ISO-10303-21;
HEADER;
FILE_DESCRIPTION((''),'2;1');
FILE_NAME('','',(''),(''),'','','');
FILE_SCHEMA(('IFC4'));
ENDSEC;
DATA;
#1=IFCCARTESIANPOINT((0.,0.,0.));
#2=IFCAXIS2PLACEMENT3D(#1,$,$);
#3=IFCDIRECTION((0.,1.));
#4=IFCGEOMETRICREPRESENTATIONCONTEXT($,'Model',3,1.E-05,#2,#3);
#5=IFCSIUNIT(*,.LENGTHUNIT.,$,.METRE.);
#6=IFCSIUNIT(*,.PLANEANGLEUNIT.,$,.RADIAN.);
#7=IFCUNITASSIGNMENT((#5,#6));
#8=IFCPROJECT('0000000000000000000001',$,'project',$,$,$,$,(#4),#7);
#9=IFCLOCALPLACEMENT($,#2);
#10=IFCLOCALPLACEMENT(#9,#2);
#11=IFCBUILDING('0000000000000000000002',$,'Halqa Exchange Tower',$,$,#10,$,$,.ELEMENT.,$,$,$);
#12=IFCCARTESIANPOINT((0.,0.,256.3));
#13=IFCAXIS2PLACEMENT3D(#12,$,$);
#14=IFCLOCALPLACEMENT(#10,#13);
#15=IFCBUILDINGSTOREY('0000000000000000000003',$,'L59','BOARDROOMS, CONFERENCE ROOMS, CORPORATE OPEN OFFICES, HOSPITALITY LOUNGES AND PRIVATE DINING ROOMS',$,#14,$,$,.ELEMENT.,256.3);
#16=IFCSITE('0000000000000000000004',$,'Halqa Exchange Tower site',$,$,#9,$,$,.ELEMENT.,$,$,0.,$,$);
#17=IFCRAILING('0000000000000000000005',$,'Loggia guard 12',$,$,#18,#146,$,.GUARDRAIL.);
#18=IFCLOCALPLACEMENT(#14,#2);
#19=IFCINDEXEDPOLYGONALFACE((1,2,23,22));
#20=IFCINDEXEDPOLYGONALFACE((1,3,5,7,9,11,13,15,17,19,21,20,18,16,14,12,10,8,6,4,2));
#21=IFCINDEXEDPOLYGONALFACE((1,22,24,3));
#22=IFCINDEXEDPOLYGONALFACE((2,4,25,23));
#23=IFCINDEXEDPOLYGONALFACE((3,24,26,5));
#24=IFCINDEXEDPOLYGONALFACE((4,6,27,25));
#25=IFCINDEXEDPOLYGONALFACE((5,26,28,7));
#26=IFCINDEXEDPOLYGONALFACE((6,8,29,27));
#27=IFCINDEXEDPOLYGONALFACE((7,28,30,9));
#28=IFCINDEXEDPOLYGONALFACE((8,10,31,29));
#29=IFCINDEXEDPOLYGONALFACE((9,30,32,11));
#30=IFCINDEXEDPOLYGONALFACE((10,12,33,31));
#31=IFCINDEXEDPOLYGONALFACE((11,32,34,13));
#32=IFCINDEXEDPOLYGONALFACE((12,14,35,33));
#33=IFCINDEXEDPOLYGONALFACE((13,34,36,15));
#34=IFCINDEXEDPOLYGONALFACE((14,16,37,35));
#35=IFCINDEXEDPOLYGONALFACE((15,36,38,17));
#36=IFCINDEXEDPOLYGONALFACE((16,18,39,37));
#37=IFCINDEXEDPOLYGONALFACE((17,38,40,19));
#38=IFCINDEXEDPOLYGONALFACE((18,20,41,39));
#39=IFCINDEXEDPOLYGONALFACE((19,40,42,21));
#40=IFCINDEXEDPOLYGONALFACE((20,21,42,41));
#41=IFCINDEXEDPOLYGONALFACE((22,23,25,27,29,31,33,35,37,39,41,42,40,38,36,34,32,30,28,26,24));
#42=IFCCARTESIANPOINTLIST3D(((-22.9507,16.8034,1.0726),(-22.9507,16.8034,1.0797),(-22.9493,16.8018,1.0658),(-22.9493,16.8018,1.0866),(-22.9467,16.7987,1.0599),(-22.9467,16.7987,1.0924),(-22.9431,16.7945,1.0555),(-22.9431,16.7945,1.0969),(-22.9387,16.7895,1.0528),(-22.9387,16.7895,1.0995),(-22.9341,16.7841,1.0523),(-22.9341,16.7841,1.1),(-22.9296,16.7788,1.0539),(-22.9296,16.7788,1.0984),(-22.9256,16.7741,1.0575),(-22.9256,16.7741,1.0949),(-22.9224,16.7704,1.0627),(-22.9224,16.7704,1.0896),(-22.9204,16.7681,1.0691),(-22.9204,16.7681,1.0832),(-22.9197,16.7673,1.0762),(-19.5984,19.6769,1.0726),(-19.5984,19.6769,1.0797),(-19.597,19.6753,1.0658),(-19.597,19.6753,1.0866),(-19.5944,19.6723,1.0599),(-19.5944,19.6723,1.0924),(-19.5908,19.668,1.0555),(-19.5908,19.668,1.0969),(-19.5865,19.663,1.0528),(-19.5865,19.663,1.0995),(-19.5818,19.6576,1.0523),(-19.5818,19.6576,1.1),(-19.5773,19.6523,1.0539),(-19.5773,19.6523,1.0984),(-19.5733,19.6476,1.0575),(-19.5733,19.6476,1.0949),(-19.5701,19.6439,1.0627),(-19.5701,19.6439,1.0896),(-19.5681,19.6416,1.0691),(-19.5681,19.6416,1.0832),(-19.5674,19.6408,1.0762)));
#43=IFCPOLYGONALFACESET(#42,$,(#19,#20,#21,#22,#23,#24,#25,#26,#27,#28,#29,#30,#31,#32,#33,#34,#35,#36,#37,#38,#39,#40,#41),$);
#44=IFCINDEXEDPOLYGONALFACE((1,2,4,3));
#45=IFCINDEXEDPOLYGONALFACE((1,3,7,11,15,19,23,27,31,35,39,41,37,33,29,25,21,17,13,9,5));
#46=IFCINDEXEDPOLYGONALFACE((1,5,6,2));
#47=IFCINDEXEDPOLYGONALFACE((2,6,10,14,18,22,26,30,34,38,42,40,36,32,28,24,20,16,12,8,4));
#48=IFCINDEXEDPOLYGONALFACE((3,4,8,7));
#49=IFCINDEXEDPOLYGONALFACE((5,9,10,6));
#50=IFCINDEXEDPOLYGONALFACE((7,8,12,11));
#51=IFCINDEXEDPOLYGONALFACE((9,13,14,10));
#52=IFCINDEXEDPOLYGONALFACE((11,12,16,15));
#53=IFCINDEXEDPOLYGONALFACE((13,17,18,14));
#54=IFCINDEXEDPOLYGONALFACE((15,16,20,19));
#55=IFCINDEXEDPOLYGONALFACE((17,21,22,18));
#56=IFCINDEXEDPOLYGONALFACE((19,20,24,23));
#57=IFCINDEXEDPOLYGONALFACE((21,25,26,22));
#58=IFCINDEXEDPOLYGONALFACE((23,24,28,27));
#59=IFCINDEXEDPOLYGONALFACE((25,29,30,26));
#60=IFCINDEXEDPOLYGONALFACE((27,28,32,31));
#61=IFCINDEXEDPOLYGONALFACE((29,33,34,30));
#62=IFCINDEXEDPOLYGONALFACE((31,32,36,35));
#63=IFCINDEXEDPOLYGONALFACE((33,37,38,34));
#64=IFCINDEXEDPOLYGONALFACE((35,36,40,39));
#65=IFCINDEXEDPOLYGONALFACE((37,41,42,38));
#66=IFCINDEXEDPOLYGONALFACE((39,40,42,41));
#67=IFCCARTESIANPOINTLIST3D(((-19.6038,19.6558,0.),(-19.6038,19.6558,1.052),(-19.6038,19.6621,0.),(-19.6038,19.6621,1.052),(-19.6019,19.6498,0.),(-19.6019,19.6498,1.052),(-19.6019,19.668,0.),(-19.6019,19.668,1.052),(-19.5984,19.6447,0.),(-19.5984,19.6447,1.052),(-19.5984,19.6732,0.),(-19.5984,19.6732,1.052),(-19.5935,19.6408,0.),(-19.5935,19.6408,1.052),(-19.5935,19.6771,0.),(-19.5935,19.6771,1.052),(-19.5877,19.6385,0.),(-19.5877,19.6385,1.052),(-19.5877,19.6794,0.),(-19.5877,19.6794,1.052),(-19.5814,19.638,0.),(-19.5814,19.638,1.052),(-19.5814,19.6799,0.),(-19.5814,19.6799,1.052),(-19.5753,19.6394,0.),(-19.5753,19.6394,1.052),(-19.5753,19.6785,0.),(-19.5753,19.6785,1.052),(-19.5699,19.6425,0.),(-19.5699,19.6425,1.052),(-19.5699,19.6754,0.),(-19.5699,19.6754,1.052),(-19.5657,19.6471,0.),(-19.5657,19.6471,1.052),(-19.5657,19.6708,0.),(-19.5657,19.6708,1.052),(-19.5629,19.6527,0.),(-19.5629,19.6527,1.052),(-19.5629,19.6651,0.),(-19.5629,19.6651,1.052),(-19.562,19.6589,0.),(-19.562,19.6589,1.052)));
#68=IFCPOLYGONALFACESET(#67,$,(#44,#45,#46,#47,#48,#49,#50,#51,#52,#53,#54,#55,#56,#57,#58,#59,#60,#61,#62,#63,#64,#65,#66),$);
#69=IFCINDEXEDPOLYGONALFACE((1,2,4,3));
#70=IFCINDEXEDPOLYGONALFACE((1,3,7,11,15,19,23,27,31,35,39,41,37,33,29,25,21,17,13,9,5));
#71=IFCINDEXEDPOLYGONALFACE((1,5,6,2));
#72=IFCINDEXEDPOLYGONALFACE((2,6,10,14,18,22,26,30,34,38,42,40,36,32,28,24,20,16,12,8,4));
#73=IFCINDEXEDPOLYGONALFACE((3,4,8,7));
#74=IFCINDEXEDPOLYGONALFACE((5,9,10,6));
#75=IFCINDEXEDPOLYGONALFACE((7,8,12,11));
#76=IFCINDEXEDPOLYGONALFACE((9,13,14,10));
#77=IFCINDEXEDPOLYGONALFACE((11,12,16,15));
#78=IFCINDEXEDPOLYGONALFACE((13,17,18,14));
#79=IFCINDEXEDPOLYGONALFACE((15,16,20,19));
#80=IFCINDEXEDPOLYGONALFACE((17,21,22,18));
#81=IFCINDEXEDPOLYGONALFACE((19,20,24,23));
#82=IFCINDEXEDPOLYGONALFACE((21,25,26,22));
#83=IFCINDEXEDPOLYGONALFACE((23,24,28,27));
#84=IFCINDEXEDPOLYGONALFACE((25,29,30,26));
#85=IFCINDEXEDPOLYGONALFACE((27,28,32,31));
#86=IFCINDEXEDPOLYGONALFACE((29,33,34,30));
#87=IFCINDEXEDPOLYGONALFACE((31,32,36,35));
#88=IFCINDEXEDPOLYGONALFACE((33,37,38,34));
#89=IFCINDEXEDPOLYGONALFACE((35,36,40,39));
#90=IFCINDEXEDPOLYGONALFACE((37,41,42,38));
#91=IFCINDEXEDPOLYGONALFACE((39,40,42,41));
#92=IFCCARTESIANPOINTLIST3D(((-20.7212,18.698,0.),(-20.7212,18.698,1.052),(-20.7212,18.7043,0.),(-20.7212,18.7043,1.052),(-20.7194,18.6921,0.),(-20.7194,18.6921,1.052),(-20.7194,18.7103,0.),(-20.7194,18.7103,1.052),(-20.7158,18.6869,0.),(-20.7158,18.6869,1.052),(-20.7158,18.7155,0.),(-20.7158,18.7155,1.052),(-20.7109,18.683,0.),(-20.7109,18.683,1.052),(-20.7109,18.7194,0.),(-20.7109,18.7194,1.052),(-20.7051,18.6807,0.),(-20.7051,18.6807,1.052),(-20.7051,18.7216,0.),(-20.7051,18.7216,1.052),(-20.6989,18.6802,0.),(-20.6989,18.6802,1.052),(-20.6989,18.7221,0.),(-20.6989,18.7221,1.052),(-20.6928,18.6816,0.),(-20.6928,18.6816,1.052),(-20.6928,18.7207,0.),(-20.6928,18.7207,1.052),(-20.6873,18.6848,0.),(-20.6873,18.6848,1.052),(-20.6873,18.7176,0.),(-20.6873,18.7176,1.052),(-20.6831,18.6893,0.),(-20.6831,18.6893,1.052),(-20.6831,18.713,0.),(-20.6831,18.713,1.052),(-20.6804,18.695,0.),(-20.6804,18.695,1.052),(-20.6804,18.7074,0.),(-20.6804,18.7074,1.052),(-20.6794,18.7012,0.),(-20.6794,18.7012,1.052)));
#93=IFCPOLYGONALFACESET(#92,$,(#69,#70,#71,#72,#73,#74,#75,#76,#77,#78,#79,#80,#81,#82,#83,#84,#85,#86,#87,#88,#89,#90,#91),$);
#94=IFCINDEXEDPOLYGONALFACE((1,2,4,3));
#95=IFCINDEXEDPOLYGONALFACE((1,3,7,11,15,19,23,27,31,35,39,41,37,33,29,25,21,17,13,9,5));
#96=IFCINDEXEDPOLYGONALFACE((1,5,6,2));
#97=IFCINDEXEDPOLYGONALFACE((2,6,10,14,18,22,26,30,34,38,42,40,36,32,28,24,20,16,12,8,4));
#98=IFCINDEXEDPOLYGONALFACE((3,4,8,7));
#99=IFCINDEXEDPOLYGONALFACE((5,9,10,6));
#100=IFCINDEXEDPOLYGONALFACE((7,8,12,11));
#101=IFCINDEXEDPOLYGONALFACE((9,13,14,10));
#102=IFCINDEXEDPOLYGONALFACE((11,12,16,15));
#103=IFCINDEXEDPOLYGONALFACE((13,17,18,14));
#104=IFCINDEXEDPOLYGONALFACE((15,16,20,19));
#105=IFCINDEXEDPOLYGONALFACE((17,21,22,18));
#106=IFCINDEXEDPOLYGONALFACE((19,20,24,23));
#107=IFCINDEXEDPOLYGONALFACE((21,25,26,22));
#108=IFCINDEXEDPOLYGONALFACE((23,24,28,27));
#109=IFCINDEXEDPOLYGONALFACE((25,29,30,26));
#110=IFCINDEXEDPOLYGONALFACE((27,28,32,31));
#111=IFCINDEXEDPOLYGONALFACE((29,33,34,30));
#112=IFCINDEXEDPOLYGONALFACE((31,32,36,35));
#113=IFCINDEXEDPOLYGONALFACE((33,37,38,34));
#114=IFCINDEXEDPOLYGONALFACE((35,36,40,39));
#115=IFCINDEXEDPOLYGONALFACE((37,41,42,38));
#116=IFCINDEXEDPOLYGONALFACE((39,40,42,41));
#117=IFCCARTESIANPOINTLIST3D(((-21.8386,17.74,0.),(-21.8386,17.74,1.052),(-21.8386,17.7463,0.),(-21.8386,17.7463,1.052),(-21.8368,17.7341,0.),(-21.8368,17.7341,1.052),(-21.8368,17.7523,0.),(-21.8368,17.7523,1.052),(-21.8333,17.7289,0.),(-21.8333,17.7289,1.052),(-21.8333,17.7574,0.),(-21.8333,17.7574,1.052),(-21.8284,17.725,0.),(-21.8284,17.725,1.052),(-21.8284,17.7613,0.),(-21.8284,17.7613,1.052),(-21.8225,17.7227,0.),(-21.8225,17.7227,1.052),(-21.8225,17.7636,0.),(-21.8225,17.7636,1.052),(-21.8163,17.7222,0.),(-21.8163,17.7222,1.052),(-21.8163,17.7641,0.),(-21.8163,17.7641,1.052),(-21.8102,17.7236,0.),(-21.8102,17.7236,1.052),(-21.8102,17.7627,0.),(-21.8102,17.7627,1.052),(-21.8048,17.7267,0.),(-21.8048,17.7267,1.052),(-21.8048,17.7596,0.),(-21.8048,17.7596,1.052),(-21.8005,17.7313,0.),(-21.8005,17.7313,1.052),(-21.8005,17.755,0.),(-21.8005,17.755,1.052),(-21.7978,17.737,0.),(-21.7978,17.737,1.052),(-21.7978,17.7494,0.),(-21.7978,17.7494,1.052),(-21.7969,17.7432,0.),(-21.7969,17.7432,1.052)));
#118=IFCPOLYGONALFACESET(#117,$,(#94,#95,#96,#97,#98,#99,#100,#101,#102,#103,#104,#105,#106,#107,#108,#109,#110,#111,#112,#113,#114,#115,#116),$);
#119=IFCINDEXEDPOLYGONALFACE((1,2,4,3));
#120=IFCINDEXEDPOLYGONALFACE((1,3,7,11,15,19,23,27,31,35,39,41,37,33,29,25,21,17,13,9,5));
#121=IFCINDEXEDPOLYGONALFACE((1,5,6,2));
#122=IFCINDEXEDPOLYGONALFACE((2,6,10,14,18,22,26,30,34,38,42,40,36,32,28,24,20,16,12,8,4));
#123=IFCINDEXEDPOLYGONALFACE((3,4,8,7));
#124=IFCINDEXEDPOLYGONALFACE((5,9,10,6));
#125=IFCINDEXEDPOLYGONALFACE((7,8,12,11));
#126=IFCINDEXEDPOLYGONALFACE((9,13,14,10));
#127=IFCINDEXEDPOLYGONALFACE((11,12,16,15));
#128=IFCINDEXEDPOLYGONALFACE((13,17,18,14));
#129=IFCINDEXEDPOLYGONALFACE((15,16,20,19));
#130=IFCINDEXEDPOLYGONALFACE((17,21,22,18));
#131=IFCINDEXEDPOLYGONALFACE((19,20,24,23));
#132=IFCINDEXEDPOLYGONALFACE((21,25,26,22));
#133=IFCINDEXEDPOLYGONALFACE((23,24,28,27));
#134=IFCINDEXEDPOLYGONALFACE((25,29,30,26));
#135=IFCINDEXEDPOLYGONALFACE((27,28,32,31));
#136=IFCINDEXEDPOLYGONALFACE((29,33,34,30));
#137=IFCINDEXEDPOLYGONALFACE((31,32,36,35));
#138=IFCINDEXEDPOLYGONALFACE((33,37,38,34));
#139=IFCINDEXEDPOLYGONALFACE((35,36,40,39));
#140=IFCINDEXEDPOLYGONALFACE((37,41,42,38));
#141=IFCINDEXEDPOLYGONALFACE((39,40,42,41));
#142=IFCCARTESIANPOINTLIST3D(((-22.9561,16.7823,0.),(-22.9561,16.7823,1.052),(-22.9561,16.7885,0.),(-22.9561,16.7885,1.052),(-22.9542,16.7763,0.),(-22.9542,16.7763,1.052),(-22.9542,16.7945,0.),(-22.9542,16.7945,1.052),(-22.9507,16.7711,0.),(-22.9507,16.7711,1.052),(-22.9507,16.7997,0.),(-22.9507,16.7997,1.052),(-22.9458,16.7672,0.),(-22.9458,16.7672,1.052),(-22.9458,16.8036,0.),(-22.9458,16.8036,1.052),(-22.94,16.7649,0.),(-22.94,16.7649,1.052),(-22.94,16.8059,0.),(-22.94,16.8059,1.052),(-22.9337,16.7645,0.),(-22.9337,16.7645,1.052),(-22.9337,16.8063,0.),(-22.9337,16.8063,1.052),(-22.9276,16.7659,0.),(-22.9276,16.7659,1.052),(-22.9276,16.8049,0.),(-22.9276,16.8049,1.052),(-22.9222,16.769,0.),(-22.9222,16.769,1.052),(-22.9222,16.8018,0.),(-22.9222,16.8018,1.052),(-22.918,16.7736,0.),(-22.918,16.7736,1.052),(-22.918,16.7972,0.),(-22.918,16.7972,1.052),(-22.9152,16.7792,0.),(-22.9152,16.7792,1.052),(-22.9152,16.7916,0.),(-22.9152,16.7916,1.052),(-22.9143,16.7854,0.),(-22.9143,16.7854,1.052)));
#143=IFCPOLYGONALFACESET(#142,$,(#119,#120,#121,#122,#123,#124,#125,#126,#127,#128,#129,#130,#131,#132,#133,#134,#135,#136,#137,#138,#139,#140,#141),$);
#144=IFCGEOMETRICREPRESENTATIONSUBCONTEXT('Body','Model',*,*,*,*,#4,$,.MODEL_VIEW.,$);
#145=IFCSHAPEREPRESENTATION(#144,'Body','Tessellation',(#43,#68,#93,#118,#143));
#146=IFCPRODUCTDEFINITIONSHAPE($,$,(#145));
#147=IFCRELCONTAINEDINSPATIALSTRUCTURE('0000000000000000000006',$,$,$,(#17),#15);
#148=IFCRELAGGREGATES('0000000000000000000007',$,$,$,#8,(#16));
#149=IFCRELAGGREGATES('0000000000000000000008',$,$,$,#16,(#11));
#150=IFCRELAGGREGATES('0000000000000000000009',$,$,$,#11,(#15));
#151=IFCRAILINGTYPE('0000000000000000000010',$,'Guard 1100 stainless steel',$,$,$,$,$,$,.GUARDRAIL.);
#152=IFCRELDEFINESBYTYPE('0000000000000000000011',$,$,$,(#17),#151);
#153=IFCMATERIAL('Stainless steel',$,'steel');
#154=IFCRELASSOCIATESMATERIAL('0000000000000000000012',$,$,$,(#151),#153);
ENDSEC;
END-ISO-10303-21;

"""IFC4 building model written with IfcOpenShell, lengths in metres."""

from ifc_helpers import new_model, si_unit, direction, frame, origin, origin_2d, place, context, subcontext, project, spatial, circle, extrude, material, type_object, element, save


model = new_model("IFC4")

# Units and contexts
model_context = context("Model", 3, precision=1e-05, world=origin(), true_north=direction((0.0, 1.0)))
body_context = subcontext(model_context, "Body", "Model", "MODEL_VIEW")
ifc_project = project(units=[si_unit("LENGTHUNIT", "METRE"), si_unit("PLANEANGLEUNIT", "RADIAN")], contexts=[model_context])

# Site, building, storey
site_placement = place(None, origin())
site = spatial("IfcSite", under=ifc_project, at=site_placement, Name="Halqa Exchange Tower site", CompositionType="ELEMENT", RefElevation=0.0)
building_placement = place(site_placement, origin())
building = spatial("IfcBuilding", under=site, at=building_placement, Name="Halqa Exchange Tower", CompositionType="ELEMENT")
storey_placement = place(building_placement, frame((0.0, 0.0, 256.3)))
storey = spatial("IfcBuildingStorey", under=building, at=storey_placement, Name="L59", Description="BOARDROOMS, CONFERENCE ROOMS, CORPORATE OPEN OFFICES, HOSPITALITY LOUNGES AND PRIVATE DINING ROOMS", CompositionType="ELEMENT", Elevation=256.3)

# Railing
ifc_material_1 = material(Name="Stainless steel", Category="steel")
railing_type = type_object("IfcRailingType", Name="Guard 1100 stainless steel", PredefinedType="GUARDRAIL", material=ifc_material_1)
railing_1_placement = place(storey_placement, frame((-19.583, 19.6589, 0.0)))
element("IfcRailing", 1, at=railing_1_placement, inside=storey, type_object=railing_type, Name="Loggia guard 12", PredefinedType="GUARDRAIL", context=body_context, shape_type="SweptSolid", body=[
    extrude(circle(Radius=0.0239, at=origin_2d()), frame((0.0, 0.0, 1.0762), z_axis=(-0.759241, -0.65081, 0.0), x_axis=(0.65081, -0.759241, 0.0)), (0.0, 0.0, 1.0), 4.4153),
    extrude(circle(Radius=0.021, at=origin_2d()), origin(), (0.0, 0.0, 1.0), 1.052),
    extrude(circle(Radius=0.021, at=origin_2d()), frame((-1.1174, -0.9578, 0.0)), (0.0, 0.0, 1.0), 1.052),
    extrude(circle(Radius=0.021, at=origin_2d()), frame((-2.2349, -1.9158, 0.0)), (0.0, 0.0, 1.0), 1.052),
    extrude(circle(Radius=0.021, at=origin_2d()), frame((-3.3523, -2.8735, 0.0)), (0.0, 0.0, 1.0), 1.052),
])

save(model, "model.ifc")
